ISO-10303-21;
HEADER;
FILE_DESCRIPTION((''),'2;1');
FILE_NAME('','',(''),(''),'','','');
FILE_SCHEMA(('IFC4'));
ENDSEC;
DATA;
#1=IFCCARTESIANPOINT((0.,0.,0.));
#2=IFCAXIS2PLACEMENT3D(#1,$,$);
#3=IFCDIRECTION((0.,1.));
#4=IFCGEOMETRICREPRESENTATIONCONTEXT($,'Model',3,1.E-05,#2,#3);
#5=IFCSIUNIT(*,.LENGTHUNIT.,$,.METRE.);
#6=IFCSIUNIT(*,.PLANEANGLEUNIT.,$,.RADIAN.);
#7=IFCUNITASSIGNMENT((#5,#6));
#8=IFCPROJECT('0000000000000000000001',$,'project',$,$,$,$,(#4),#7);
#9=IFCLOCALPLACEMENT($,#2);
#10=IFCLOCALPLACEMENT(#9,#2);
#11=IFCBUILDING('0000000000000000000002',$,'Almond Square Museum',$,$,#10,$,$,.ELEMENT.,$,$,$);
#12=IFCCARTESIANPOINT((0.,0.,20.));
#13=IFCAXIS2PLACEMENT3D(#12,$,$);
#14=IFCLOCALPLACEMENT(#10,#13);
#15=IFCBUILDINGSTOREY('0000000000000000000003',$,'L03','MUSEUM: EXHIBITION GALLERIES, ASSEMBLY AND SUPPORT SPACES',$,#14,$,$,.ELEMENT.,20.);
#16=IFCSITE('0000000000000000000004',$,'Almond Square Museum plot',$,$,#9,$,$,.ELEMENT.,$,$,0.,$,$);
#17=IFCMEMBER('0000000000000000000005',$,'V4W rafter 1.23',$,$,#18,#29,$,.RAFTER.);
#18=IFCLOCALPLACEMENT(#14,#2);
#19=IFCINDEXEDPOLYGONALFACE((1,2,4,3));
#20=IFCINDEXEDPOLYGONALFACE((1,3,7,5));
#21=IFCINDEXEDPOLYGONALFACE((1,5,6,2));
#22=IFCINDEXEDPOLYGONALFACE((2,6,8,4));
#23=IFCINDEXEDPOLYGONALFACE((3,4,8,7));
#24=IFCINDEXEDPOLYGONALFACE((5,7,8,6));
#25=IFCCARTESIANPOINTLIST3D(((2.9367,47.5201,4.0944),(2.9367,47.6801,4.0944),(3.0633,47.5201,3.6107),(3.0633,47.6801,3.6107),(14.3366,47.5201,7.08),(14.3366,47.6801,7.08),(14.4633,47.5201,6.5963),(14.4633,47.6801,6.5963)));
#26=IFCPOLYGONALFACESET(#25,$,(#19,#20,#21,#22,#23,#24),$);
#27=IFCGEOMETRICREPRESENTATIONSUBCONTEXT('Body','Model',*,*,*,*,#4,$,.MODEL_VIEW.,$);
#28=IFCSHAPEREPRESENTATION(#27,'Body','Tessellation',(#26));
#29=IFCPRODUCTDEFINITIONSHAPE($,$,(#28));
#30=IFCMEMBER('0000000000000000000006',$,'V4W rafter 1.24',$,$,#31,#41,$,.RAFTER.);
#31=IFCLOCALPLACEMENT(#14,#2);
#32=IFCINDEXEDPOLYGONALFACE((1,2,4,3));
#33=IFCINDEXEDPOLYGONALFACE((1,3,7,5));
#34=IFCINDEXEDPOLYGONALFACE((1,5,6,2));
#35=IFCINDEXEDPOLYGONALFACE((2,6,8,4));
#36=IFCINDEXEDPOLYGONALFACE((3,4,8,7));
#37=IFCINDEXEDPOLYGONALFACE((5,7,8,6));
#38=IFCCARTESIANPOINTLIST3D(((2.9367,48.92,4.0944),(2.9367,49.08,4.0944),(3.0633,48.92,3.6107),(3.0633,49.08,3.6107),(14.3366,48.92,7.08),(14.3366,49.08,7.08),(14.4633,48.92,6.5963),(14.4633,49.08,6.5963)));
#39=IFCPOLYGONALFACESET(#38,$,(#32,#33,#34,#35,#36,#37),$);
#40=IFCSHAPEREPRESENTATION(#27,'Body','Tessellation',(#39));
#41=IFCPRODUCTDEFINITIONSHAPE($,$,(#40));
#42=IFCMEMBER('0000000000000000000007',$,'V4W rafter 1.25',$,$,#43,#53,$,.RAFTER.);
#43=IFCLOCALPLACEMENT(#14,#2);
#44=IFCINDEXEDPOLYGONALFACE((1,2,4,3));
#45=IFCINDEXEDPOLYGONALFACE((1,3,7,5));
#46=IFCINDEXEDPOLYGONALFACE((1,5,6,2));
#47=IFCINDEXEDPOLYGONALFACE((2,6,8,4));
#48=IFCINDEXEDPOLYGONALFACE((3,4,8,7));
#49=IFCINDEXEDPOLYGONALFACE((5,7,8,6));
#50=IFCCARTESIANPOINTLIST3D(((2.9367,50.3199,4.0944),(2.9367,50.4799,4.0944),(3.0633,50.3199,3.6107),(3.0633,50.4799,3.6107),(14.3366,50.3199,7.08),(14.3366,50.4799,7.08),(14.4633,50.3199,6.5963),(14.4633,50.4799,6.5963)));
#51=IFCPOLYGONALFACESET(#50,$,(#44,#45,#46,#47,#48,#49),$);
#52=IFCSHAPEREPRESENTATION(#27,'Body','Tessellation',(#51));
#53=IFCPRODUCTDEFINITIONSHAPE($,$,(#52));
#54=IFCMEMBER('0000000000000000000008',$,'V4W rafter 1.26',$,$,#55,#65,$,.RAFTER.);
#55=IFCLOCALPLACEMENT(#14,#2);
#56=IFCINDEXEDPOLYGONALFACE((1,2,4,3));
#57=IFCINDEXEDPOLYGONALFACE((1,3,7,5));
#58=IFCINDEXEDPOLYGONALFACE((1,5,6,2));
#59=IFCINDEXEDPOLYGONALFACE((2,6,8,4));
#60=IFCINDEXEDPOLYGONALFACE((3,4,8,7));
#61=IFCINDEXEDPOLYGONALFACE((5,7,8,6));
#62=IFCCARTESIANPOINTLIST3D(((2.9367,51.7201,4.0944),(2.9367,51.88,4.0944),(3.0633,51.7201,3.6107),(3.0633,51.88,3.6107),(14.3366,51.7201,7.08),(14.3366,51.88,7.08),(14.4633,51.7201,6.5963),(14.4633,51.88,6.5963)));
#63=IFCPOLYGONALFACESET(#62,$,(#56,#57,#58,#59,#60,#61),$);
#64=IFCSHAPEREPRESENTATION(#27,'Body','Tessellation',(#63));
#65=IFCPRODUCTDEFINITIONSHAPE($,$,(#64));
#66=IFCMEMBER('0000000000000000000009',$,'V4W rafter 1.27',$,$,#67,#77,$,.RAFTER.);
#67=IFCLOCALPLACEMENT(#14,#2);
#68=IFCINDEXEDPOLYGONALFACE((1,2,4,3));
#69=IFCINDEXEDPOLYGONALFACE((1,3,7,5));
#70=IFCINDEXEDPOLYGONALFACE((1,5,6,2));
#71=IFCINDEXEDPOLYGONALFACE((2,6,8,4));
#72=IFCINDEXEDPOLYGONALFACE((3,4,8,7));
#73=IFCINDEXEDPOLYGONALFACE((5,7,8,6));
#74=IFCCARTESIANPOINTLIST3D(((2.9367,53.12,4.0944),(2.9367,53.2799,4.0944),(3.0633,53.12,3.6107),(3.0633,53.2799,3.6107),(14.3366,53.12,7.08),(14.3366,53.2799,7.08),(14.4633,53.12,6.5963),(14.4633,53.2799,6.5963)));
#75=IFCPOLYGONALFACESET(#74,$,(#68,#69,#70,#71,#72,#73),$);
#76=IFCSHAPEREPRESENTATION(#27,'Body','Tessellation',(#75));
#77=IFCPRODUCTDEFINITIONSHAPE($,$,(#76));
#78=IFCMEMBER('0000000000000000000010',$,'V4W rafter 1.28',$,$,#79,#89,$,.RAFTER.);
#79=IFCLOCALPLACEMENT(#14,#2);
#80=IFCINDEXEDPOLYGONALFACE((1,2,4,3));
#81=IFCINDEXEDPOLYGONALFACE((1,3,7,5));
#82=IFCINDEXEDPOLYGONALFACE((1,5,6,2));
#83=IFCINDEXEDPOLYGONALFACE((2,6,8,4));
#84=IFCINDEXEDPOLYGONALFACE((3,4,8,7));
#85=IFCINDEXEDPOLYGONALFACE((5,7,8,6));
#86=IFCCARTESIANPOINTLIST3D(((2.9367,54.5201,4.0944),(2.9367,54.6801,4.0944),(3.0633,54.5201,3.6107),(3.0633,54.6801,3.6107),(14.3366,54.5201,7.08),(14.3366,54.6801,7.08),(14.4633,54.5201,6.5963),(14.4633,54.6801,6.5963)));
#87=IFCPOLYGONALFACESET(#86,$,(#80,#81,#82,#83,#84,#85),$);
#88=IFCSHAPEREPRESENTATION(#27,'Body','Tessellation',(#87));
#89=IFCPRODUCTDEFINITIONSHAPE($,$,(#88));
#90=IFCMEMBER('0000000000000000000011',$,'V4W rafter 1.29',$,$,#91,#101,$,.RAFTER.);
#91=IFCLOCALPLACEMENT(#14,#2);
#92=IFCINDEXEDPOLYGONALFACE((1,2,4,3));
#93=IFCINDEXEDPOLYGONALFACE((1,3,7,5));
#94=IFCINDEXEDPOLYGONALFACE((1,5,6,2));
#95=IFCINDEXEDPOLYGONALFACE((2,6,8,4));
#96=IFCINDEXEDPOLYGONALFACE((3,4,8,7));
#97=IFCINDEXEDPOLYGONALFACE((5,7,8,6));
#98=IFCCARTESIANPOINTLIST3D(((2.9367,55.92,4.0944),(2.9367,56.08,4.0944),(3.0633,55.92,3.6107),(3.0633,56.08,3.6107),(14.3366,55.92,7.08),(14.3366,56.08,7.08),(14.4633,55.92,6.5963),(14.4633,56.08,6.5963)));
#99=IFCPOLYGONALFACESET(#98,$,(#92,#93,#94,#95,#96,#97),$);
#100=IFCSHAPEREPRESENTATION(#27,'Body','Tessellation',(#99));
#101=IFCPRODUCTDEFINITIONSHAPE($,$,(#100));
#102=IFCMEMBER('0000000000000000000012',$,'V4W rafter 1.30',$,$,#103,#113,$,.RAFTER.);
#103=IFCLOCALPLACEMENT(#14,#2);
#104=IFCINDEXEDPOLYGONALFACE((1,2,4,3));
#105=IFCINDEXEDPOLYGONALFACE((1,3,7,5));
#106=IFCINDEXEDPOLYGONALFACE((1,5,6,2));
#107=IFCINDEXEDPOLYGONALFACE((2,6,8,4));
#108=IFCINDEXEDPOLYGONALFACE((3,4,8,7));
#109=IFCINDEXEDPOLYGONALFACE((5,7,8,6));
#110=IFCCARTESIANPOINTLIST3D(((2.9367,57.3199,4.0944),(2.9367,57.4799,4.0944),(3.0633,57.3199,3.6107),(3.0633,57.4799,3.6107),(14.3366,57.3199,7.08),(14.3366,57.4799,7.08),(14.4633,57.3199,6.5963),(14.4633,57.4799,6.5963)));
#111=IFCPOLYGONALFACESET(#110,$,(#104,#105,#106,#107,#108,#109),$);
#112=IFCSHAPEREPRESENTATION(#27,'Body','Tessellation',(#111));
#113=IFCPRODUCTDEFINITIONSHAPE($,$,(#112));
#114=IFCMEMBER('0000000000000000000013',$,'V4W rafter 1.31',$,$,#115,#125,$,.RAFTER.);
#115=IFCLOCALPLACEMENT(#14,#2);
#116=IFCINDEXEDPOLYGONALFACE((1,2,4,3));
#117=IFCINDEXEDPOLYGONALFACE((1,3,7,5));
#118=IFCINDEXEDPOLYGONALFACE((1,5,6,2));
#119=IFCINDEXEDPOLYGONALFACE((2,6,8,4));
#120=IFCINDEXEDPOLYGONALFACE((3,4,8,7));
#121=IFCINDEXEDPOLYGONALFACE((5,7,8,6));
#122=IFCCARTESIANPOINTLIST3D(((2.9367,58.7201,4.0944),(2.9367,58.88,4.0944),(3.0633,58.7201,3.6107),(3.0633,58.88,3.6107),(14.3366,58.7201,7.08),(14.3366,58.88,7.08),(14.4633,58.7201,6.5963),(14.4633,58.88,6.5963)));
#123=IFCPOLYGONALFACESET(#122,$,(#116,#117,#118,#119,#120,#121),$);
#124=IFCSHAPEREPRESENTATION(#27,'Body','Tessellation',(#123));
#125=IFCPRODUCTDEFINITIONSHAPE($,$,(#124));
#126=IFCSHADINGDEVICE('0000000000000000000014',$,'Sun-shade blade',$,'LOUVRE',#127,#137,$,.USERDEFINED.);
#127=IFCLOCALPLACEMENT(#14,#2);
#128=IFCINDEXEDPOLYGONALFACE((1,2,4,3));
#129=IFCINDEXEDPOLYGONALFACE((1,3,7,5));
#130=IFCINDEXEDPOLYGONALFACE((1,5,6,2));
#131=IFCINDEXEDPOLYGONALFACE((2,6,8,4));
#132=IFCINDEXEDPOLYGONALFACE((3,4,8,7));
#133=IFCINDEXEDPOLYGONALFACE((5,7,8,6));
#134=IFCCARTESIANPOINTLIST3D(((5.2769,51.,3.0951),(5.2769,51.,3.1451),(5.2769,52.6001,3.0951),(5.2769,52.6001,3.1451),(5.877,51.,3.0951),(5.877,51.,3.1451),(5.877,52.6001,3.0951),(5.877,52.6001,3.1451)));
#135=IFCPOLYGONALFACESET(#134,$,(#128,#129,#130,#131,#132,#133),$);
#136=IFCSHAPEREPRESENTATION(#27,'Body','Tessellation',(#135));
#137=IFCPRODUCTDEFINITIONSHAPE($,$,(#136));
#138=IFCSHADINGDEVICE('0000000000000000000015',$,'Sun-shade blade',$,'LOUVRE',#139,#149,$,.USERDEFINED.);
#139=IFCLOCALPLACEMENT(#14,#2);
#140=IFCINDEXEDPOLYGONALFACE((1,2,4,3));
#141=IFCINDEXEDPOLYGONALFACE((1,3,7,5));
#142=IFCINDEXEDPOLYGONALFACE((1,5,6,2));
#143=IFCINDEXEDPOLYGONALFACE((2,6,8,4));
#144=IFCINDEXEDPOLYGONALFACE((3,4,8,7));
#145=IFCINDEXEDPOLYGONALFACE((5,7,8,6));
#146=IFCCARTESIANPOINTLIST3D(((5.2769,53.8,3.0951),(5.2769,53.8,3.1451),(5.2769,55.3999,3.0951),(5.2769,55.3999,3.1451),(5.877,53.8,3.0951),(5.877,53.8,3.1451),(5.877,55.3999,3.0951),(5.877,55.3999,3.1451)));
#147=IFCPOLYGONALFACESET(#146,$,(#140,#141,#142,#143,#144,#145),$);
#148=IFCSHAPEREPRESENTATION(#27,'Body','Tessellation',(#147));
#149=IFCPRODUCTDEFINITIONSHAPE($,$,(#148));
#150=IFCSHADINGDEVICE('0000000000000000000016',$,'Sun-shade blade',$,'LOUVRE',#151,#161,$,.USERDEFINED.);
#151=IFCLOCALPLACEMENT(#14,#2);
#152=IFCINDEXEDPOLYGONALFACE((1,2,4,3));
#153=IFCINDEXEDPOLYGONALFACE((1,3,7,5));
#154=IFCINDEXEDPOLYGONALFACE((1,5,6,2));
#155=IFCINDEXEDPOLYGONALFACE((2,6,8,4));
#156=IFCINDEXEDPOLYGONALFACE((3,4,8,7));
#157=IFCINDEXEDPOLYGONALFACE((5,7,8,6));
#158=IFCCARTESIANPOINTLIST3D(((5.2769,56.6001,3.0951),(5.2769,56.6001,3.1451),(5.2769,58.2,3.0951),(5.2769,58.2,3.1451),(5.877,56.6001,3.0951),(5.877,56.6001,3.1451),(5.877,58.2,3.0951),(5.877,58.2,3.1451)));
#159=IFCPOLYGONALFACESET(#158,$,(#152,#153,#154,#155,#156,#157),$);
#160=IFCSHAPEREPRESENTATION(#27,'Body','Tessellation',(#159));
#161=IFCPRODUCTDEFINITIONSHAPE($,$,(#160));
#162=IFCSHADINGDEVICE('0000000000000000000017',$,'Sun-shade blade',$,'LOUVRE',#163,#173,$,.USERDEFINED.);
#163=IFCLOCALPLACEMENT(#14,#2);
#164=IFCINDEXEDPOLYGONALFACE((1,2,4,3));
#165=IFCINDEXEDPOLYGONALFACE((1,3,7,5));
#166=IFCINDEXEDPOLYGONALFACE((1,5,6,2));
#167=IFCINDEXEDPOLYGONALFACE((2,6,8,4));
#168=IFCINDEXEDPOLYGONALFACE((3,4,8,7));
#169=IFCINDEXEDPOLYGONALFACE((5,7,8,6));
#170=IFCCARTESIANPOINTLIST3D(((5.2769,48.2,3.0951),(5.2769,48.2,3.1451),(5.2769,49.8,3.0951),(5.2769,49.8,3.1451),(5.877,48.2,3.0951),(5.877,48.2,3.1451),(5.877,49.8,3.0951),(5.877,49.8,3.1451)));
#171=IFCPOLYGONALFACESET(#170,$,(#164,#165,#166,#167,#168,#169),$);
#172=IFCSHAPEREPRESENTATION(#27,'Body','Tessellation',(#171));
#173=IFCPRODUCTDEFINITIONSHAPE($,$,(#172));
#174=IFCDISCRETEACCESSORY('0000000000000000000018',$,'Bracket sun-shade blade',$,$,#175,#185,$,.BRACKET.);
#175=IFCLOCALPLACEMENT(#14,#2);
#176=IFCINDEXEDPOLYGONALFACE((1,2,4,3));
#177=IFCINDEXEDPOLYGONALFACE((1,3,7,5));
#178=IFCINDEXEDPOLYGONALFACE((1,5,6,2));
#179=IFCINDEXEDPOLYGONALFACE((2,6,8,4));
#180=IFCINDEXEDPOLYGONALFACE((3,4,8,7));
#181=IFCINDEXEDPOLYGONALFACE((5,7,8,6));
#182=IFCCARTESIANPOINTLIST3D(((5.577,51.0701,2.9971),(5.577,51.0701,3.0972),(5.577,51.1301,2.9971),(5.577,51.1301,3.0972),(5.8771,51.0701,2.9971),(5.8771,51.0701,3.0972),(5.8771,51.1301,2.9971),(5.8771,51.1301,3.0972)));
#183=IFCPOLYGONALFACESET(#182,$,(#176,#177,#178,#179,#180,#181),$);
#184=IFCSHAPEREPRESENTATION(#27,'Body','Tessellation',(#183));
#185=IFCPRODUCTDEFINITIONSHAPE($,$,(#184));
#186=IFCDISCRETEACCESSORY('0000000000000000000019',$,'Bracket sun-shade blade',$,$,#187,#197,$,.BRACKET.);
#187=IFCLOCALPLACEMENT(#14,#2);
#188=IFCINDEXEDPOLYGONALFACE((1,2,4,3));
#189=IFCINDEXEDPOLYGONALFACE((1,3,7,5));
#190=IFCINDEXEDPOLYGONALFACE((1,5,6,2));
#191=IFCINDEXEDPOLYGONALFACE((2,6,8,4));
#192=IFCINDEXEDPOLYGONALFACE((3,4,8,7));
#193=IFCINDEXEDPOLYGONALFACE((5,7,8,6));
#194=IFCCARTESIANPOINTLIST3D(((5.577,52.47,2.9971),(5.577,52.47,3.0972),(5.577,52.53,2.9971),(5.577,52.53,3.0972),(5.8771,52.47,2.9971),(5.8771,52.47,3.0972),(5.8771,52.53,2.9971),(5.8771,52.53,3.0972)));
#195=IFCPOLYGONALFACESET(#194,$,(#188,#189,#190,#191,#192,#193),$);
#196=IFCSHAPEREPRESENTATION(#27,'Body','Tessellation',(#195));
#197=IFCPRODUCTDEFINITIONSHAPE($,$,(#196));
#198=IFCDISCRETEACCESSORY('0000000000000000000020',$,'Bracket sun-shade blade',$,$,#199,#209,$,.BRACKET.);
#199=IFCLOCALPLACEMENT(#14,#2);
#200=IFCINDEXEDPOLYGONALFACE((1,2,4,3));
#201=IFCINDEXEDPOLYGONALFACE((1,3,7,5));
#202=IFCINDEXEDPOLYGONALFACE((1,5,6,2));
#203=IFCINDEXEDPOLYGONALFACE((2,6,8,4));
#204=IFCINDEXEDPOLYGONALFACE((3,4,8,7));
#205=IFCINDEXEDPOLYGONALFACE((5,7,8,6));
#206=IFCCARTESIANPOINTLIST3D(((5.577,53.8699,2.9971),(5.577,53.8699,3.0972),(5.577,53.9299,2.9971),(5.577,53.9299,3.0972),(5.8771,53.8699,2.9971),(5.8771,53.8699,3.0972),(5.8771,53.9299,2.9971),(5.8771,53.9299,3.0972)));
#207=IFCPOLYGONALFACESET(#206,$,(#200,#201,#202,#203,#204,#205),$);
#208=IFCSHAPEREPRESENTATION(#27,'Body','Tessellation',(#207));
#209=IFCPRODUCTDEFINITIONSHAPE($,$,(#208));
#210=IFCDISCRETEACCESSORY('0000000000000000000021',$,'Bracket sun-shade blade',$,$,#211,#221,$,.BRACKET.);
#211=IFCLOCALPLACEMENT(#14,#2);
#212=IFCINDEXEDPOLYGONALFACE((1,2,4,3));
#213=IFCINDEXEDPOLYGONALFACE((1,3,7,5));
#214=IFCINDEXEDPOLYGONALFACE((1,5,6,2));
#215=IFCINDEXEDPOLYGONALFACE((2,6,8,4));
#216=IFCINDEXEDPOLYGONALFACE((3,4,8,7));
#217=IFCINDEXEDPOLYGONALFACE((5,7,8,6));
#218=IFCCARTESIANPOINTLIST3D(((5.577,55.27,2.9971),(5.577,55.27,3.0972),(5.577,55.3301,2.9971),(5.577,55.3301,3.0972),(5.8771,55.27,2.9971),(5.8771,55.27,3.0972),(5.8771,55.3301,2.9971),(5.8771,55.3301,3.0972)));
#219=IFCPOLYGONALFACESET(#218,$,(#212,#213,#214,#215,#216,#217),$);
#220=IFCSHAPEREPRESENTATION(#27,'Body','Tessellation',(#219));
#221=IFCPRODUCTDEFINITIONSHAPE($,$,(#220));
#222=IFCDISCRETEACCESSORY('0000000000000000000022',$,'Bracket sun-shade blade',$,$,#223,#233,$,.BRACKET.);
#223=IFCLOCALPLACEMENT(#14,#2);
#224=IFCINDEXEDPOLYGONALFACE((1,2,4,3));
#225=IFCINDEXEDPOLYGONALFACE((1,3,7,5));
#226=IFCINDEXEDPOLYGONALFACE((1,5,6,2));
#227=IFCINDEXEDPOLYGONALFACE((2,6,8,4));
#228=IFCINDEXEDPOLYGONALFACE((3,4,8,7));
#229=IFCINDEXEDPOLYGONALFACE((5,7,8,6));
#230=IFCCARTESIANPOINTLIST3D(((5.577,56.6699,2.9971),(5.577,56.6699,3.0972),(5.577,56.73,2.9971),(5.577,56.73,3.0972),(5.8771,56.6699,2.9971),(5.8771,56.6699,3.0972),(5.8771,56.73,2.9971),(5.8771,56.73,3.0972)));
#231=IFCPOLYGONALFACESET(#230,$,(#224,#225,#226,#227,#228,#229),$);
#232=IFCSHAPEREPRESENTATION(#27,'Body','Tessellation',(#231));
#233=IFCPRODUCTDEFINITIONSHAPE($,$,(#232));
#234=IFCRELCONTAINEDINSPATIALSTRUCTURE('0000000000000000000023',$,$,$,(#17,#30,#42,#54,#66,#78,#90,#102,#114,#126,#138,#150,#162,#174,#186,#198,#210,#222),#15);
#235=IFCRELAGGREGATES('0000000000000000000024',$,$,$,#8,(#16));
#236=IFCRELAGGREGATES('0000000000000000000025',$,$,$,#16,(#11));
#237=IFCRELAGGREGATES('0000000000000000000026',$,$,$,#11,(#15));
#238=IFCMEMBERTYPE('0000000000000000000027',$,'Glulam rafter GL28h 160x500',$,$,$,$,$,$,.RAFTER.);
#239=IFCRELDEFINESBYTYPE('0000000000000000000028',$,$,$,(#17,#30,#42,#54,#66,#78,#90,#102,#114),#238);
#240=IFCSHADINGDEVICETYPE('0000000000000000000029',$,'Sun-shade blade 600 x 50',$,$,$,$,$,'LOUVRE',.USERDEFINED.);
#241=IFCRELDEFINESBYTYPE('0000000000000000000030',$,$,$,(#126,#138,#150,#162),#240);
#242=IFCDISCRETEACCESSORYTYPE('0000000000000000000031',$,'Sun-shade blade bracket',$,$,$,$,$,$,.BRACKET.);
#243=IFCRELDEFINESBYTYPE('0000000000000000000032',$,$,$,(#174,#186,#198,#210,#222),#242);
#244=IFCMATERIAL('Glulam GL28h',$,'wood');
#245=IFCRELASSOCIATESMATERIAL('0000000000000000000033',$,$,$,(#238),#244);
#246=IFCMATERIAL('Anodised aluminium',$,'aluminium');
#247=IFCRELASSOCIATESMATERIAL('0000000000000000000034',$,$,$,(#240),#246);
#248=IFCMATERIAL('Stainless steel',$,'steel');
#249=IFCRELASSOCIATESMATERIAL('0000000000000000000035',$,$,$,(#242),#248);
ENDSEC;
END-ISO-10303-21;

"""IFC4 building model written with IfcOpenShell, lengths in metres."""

from ifc_helpers import new_model, si_unit, direction, frame, origin, origin_2d, place, context, subcontext, project, spatial, rectangle, extrude, material, material_profile, profile_set, type_object, element, save


model = new_model("IFC4")

# Units and contexts
model_context = context("Model", 3, precision=1e-05, world=origin(), true_north=direction((0.0, 1.0)))
body_context = subcontext(model_context, "Body", "Model", "MODEL_VIEW")
ifc_project = project(units=[si_unit("LENGTHUNIT", "METRE"), si_unit("PLANEANGLEUNIT", "RADIAN")], contexts=[model_context])

# Site, building, storey
site_placement = place(None, origin())
site = spatial("IfcSite", under=ifc_project, at=site_placement, Name="Almond Square Museum plot", CompositionType="ELEMENT", RefElevation=0.0)
building_placement = place(site_placement, origin())
building = spatial("IfcBuilding", under=site, at=building_placement, Name="Almond Square Museum", CompositionType="ELEMENT")
storey_placement = place(building_placement, frame((0.0, 0.0, 20.0)))
storey = spatial("IfcBuildingStorey", under=building, at=storey_placement, Name="L03", Description="MUSEUM: EXHIBITION GALLERIES, ASSEMBLY AND SUPPORT SPACES", CompositionType="ELEMENT", Elevation=20.0)

# Members
ifc_material_1 = material(Name="Glulam GL28h", Category="wood")
ifc_material_profile_1 = material_profile(ifc_material_1, rectangle(XDim=0.1599, YDim=0.5, at=origin_2d()))
ifc_profile_set_1 = profile_set([ifc_material_profile_1], Name="Glulam GL28h")
member_type = type_object("IfcMemberType", Name="Glulam rafter GL28h 160x500", PredefinedType="RAFTER", material=ifc_profile_set_1)
for number, where, z_axis, x_axis, name in (
    (1, (3.0, 47.6001, 3.8525), (0.967374, 0.0, 0.253352), (0.0, 1.0, 0.0), "V4W rafter 1.23"),
    (2, (3.0, 49.0, 3.8525), (0.967374, 0.0, 0.253352), (0.0, 1.0, 0.0), "V4W rafter 1.24"),
    (3, (3.0, 50.3999, 3.8525), (0.967374, 0.0, 0.253352), (0.0, 1.0, 0.0), "V4W rafter 1.25"),
    (4, (3.0, 51.8, 3.8525), (0.967374, 0.0, 0.253352), (0.0, 1.0, 0.0), "V4W rafter 1.26"),
    (5, (3.0, 53.2, 3.8525), (0.967374, 0.0, 0.253352), (0.0, 1.0, 0.0), "V4W rafter 1.27"),
    (6, (3.0, 54.6001, 3.8525), (0.967374, 0.0, 0.253352), (0.0, 1.0, 0.0), "V4W rafter 1.28"),
    (7, (3.0, 56.0, 3.8525), (0.967374, 0.0, 0.253352), (0.0, 1.0, 0.0), "V4W rafter 1.29"),
    (8, (3.0, 57.3999, 3.8525), (0.967374, 0.0, 0.253352), (0.0, 1.0, 0.0), "V4W rafter 1.30"),
    (9, (3.0, 58.8, 3.8525), (0.967374, 0.0, 0.253352), (0.0, 1.0, 0.0), "V4W rafter 1.31"),
):
    element("IfcMember", number, at=place(storey_placement, frame(where, z_axis=z_axis, x_axis=x_axis)), inside=storey, type_object=member_type, Name=name, PredefinedType="RAFTER", context=body_context, shape_type="SweptSolid", body=[
        extrude(rectangle(XDim=0.1599, YDim=0.5, at=origin_2d()), origin(), (0.0, 0.0, 1.0), 11.7844),
    ])

# Shading devices
ifc_material_2 = material(Name="Anodised aluminium", Category="aluminium")
ifc_material_profile_2 = material_profile(ifc_material_2, rectangle(XDim=0.6001, YDim=0.05, at=origin_2d()))
ifc_profile_set_2 = profile_set([ifc_material_profile_2], Name="Anodised aluminium")
shading_device_type = type_object("IfcShadingDeviceType", Name="Sun-shade blade 600 x 50", ElementType="LOUVRE", PredefinedType="USERDEFINED", material=ifc_profile_set_2)
shading_device_1_placement = place(storey_placement, frame((5.5769, 51.0, 3.1201), z_axis=(0.0, 1.0, 0.0), x_axis=(-1.0, 0.0, 0.0)))
element("IfcShadingDevice", 10, at=shading_device_1_placement, inside=storey, type_object=shading_device_type, Name="Sun-shade blade", ObjectType="LOUVRE", PredefinedType="USERDEFINED", context=body_context, shape_type="SweptSolid", body=[
    extrude(rectangle(XDim=0.6001, YDim=0.05, at=origin_2d()), origin(), (0.0, 0.0, 1.0), 1.6001),
])
for number, where, z_axis, x_axis, name in (
    (11, (5.5769, 53.8, 3.1201), (0.0, 1.0, 0.0), (-1.0, 0.0, 0.0), "Sun-shade blade"),
    (12, (5.5769, 56.6001, 3.1201), (0.0, 1.0, 0.0), (-1.0, 0.0, 0.0), "Sun-shade blade"),
):
    element("IfcShadingDevice", number, at=place(storey_placement, frame(where, z_axis=z_axis, x_axis=x_axis)), inside=storey, type_object=shading_device_type, Name=name, ObjectType="LOUVRE", PredefinedType="USERDEFINED", context=body_context, shape_type="SweptSolid", body=[
        extrude(rectangle(XDim=0.6001, YDim=0.05, at=origin_2d()), origin(), (0.0, 0.0, 1.0), 1.5999),
    ])
shading_device_2_placement = place(storey_placement, frame((5.5769, 48.2, 3.1201), z_axis=(0.0, 1.0, 0.0), x_axis=(-1.0, 0.0, 0.0)))
element("IfcShadingDevice", 13, at=shading_device_2_placement, inside=storey, type_object=shading_device_type, Name="Sun-shade blade", ObjectType="LOUVRE", PredefinedType="USERDEFINED", context=body_context, shape_type="SweptSolid", body=[
    extrude(rectangle(XDim=0.6001, YDim=0.05, at=origin_2d()), origin(), (0.0, 0.0, 1.0), 1.6001),
])

# Discrete accessories
ifc_material_3 = material(Name="Stainless steel", Category="steel")
discrete_accessory_type = type_object("IfcDiscreteAccessoryType", Name="Sun-shade blade bracket", PredefinedType="BRACKET", material=ifc_material_3)
for number, where, z_axis, x_axis, name in (
    (14, (5.7271, 51.1001, 2.9971), (0.0, 0.0, 1.0), (1.0, 0.0, 0.0), "Bracket sun-shade blade"),
    (15, (5.7271, 52.5, 2.9971), (0.0, 0.0, 1.0), (1.0, 0.0, 0.0), "Bracket sun-shade blade"),
    (16, (5.7271, 53.8999, 2.9971), (0.0, 0.0, 1.0), (1.0, 0.0, 0.0), "Bracket sun-shade blade"),
    (17, (5.7271, 55.3, 2.9971), (0.0, 0.0, 1.0), (1.0, 0.0, 0.0), "Bracket sun-shade blade"),
    (18, (5.7271, 56.7, 2.9971), (0.0, 0.0, 1.0), (1.0, 0.0, 0.0), "Bracket sun-shade blade"),
):
    element("IfcDiscreteAccessory", number, at=place(storey_placement, frame(where, z_axis=z_axis, x_axis=x_axis)), inside=storey, type_object=discrete_accessory_type, Name=name, PredefinedType="BRACKET", context=body_context, shape_type="SweptSolid", body=[
        extrude(rectangle(XDim=0.3, YDim=0.0601, at=origin_2d()), origin(), (0.0, 0.0, 1.0), 0.1001),
    ])

save(model, "model.ifc")
